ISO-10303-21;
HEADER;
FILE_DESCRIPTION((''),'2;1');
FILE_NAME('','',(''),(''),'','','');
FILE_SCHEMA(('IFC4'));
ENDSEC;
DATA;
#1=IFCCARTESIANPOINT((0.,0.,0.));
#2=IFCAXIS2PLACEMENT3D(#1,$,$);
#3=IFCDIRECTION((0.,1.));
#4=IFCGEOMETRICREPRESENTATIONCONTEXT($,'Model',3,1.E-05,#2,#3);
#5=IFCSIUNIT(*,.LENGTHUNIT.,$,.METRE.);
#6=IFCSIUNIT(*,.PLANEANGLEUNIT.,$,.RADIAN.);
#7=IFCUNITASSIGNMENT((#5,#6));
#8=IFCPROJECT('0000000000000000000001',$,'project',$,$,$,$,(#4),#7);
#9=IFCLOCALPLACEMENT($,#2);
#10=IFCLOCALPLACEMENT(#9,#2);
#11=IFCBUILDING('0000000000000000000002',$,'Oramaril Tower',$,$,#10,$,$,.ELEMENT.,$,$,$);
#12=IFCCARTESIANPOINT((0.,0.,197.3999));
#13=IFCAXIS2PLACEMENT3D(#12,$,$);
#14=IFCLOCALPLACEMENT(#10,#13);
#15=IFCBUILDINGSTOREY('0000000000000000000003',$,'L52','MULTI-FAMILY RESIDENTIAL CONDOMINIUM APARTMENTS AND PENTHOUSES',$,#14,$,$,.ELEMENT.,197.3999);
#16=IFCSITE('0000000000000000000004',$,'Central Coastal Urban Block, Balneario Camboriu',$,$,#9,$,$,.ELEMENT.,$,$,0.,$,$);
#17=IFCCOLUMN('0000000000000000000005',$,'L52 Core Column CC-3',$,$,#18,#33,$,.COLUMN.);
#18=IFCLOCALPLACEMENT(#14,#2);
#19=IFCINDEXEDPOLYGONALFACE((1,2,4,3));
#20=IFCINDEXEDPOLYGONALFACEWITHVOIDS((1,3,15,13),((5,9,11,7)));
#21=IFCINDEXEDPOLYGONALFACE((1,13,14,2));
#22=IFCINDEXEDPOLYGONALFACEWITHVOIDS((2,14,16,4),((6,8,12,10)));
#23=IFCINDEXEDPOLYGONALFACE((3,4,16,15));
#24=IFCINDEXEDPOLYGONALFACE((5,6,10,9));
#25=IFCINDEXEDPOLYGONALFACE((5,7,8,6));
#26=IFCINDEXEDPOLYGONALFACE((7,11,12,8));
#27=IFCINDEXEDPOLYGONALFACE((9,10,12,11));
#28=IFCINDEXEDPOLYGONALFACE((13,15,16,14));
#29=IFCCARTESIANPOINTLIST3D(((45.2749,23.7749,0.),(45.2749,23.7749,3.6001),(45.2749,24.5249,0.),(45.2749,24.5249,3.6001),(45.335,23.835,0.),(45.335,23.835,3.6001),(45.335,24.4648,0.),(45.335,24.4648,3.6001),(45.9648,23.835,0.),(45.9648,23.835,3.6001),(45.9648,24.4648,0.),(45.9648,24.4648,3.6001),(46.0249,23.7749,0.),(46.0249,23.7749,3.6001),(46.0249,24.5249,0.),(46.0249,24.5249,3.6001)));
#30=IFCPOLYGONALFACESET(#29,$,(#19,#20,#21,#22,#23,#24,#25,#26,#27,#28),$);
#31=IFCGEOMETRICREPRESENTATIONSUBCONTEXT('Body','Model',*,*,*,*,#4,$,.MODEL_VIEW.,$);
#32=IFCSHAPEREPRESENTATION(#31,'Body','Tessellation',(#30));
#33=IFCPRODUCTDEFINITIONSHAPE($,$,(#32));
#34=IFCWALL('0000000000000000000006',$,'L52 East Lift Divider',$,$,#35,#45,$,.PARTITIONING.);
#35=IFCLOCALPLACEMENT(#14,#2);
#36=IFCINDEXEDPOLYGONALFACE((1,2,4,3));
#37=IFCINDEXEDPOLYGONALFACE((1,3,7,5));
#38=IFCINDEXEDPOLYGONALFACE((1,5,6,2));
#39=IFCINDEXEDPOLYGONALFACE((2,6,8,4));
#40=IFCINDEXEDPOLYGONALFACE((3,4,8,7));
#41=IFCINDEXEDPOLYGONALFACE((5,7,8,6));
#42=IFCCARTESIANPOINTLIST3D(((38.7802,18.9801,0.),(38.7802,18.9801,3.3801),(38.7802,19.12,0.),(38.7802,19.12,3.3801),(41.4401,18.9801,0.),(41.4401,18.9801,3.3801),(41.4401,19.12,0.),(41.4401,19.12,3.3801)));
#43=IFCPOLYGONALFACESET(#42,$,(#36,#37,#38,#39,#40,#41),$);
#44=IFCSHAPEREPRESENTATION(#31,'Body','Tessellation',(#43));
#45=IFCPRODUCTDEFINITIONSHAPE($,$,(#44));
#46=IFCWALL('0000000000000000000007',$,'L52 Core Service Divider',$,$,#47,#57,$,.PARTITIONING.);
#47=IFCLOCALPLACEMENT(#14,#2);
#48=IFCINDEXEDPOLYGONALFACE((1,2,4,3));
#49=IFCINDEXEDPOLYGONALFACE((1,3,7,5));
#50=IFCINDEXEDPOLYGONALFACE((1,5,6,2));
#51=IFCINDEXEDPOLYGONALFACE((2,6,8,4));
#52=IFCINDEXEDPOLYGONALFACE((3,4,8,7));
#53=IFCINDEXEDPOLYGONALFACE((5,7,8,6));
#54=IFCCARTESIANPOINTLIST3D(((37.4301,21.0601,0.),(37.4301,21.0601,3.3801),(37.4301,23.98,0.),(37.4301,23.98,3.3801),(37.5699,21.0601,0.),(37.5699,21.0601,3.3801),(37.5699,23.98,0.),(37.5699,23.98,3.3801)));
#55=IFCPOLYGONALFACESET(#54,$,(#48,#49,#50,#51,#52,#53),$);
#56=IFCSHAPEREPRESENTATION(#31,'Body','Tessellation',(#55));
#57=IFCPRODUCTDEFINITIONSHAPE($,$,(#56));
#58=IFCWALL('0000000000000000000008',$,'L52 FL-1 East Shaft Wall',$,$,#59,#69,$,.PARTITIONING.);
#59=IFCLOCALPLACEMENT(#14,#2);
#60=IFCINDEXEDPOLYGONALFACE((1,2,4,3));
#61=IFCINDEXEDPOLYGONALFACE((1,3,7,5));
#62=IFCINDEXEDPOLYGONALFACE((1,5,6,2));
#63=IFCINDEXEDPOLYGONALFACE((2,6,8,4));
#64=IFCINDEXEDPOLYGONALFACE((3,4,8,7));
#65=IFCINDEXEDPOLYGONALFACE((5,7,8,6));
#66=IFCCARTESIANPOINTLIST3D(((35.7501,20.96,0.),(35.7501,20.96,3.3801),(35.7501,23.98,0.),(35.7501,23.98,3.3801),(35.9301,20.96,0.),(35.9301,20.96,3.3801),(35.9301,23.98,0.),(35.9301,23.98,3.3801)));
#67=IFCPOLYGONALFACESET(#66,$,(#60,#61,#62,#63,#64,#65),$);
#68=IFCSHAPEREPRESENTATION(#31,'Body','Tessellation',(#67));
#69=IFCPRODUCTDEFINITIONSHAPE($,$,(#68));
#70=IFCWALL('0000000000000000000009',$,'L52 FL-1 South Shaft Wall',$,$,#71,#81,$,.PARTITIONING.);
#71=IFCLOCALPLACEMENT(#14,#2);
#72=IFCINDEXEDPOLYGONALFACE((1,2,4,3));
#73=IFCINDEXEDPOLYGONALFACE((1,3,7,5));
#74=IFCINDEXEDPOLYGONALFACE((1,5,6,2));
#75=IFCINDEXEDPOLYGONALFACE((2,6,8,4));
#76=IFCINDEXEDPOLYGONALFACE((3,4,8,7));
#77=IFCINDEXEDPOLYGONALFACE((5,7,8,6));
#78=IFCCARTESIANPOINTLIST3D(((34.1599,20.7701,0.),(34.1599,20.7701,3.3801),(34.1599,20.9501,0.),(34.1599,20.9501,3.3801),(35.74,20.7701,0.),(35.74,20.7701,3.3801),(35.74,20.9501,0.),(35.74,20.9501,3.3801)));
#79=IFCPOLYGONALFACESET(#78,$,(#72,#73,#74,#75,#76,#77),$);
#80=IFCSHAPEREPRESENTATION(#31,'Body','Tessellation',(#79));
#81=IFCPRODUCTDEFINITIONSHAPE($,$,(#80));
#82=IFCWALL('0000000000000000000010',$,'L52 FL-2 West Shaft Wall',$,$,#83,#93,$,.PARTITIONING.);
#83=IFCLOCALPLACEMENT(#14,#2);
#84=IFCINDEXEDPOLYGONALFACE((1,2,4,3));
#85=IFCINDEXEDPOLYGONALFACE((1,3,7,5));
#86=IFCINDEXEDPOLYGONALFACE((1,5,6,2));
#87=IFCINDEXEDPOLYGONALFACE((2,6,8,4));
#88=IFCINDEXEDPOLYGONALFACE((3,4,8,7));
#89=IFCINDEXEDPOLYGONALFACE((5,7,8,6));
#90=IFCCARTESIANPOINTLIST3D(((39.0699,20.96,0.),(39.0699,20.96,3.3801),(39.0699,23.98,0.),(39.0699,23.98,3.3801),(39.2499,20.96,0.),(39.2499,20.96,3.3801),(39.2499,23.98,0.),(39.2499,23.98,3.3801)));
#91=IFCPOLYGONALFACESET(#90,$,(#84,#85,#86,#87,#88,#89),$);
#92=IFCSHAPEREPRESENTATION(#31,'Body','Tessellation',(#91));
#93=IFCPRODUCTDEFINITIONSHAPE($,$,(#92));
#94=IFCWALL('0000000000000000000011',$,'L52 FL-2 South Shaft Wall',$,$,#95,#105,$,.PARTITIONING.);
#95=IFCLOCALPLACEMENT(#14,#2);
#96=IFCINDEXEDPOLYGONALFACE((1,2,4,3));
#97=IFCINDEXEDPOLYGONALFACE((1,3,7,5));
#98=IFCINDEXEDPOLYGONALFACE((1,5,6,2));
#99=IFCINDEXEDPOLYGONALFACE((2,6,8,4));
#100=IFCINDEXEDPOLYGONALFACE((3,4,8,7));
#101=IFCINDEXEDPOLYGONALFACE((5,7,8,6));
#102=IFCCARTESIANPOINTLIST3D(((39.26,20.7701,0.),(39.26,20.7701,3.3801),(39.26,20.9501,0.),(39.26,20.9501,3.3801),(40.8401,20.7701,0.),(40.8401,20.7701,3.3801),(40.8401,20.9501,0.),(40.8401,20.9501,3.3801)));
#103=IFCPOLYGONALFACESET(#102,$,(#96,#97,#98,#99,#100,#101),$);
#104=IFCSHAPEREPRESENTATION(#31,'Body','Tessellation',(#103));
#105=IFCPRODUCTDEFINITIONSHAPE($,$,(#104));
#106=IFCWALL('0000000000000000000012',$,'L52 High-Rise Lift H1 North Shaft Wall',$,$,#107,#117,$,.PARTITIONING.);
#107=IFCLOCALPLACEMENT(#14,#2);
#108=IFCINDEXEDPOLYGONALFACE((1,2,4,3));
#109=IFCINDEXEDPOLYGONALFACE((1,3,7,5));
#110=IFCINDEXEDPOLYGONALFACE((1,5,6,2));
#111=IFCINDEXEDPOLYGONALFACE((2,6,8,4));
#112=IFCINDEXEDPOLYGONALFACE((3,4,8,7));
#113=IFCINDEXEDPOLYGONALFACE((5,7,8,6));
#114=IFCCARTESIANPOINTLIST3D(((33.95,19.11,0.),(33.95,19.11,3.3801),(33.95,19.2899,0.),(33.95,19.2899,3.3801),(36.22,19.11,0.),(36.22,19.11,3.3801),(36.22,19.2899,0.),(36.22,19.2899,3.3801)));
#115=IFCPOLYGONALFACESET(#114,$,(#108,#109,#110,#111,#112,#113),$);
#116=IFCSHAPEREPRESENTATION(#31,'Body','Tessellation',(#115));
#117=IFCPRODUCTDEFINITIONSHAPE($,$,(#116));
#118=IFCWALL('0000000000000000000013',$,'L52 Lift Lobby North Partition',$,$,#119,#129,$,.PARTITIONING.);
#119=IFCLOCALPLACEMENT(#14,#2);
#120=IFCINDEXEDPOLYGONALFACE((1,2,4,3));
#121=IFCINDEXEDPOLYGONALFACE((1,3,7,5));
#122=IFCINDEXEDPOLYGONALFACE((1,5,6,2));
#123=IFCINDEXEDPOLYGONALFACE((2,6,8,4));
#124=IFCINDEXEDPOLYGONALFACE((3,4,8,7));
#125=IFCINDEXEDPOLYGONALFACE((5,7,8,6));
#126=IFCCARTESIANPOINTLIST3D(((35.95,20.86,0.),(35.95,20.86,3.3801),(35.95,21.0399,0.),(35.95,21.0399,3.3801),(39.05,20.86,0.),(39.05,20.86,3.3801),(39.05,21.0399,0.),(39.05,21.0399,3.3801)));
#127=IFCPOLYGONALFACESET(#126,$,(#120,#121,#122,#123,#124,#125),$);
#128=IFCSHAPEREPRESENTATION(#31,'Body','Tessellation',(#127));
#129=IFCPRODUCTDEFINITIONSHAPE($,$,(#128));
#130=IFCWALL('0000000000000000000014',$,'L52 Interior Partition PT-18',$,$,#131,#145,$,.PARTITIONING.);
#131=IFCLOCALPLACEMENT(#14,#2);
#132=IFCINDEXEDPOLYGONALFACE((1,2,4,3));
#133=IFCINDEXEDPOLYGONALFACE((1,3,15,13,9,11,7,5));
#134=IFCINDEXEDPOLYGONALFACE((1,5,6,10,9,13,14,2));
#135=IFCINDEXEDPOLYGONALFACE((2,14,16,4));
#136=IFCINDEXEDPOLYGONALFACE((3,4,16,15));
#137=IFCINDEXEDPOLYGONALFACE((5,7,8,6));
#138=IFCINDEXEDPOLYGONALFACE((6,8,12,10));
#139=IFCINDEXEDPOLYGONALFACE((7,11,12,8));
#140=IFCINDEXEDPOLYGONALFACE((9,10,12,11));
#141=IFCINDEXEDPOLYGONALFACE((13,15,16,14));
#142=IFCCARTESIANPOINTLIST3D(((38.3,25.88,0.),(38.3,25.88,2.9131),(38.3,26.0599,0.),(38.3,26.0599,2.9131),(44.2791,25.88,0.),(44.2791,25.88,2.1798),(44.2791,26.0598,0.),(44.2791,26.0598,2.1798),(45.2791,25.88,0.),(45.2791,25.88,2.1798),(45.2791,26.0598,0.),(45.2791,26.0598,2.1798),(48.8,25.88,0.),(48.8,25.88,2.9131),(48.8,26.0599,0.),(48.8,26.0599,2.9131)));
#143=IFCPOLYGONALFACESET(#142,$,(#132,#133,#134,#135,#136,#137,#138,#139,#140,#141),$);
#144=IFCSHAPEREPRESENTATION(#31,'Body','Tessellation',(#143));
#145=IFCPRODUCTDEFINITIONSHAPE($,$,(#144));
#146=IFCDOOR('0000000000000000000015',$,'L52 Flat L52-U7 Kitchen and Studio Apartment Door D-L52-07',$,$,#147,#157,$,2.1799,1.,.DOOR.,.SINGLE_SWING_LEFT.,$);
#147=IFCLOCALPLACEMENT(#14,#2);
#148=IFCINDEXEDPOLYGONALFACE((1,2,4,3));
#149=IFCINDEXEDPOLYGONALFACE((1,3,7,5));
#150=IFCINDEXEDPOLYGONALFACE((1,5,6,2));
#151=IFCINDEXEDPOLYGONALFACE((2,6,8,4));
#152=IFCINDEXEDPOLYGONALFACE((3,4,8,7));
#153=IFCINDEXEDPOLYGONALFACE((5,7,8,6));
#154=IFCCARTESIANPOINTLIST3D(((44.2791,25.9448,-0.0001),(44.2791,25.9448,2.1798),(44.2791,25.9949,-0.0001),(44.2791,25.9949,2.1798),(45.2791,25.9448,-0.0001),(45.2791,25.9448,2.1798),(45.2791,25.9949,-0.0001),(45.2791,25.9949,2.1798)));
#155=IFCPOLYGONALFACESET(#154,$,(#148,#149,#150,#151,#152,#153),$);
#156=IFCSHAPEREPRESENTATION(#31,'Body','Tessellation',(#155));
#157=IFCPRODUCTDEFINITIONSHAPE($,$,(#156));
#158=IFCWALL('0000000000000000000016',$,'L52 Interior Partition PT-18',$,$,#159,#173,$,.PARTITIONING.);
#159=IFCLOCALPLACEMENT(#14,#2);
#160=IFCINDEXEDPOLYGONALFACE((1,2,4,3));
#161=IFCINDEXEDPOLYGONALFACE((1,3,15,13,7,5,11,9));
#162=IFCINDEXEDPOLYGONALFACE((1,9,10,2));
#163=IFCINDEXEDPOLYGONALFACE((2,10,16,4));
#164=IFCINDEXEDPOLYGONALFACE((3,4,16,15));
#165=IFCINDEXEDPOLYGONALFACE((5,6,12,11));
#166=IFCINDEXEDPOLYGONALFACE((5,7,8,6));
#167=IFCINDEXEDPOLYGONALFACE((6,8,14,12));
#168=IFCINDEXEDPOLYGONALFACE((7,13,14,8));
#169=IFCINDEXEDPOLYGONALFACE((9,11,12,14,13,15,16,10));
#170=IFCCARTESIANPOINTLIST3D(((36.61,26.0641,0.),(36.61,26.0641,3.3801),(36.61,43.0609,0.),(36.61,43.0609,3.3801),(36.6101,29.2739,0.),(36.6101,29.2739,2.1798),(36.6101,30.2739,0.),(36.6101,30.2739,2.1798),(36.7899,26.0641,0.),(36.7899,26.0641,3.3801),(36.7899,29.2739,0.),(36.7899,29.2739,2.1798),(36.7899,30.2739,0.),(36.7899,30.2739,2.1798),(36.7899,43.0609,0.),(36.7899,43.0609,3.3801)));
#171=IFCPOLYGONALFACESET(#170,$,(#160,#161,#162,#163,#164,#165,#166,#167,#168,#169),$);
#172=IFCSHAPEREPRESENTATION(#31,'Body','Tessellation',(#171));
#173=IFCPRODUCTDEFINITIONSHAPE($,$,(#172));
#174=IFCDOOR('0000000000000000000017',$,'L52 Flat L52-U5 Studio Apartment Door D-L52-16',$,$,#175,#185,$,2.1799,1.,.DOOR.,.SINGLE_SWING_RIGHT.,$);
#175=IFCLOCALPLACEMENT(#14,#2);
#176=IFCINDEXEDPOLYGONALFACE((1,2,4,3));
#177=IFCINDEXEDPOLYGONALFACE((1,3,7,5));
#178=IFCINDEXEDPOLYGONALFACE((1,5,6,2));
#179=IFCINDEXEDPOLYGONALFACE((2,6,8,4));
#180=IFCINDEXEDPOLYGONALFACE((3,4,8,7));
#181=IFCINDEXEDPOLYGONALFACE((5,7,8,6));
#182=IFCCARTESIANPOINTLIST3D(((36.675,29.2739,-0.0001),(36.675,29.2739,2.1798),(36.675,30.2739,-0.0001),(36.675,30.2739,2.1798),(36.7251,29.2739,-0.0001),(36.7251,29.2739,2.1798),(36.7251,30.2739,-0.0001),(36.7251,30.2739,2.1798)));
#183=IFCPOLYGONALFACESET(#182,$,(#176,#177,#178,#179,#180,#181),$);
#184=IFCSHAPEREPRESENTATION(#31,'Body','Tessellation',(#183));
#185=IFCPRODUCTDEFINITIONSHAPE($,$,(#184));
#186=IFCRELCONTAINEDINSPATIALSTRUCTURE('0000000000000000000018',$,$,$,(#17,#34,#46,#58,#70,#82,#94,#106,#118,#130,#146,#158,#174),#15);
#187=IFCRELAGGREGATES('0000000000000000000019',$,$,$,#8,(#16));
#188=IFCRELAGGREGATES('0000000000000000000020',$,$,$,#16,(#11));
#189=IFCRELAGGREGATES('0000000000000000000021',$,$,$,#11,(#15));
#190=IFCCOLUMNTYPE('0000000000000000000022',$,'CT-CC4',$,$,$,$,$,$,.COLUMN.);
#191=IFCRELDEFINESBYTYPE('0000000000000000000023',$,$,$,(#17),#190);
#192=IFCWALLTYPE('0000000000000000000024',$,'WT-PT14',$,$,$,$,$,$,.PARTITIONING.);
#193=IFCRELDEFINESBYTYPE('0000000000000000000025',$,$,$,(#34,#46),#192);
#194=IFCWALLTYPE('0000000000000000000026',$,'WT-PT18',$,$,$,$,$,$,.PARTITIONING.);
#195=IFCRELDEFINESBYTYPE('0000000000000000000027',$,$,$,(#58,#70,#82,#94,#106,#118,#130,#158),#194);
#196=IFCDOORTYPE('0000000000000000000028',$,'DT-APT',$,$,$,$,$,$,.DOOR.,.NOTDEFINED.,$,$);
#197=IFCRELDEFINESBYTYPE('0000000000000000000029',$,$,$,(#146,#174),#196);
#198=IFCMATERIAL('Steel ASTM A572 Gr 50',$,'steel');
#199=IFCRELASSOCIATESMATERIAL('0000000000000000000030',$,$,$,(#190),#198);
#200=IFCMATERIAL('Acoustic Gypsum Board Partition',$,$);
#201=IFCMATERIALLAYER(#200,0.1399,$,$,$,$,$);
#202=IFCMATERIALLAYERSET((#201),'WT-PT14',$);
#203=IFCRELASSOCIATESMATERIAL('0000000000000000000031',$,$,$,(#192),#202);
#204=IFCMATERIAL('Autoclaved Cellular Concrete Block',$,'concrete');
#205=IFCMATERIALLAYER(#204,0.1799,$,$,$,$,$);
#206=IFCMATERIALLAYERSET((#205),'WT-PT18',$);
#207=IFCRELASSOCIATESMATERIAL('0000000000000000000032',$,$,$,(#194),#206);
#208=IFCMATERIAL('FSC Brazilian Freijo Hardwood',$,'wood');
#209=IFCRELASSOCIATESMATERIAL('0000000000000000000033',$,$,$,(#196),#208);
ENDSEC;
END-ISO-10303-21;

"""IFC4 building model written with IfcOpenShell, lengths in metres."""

from ifc_helpers import new_model, si_unit, direction, frame, frame_2d, origin, origin_2d, place, context, subcontext, project, spatial, rectangle, hollow_rectangle, extrude, material, layer, layer_set, material_profile, profile_set, type_object, element, fill, save


model = new_model("IFC4")

# Units and contexts
model_context = context("Model", 3, precision=1e-05, world=origin(), true_north=direction((0.0, 1.0)))
body_context = subcontext(model_context, "Body", "Model", "MODEL_VIEW")
ifc_project = project(units=[si_unit("LENGTHUNIT", "METRE"), si_unit("PLANEANGLEUNIT", "RADIAN")], contexts=[model_context])

# Site, building, storey
site_placement = place(None, origin())
site = spatial("IfcSite", under=ifc_project, at=site_placement, Name="Central Coastal Urban Block, Balneario Camboriu", CompositionType="ELEMENT", RefElevation=0.0)
building_placement = place(site_placement, origin())
building = spatial("IfcBuilding", under=site, at=building_placement, Name="Oramaril Tower", CompositionType="ELEMENT")
storey_placement = place(building_placement, frame((0.0, 0.0, 197.3999)))
storey = spatial("IfcBuildingStorey", under=building, at=storey_placement, Name="L52", Description="MULTI-FAMILY RESIDENTIAL CONDOMINIUM APARTMENTS AND PENTHOUSES", CompositionType="ELEMENT", Elevation=197.3999)

# Column
ifc_material_1 = material(Name="Steel ASTM A572 Gr 50", Category="steel")
ifc_material_profile = material_profile(ifc_material_1, hollow_rectangle(XDim=0.75, YDim=0.75, WallThickness=0.0601, at=origin_2d()), Name="BOX750X750X60")
ifc_profile_set = profile_set([ifc_material_profile], Name="Steel ASTM A572 Gr 50")
column_type = type_object("IfcColumnType", Name="CT-CC4", PredefinedType="COLUMN", material=ifc_profile_set)
column_placement = place(storey_placement, frame((45.6499, 24.1499, 0.0), z_axis=(0.0, 0.0, 1.0), x_axis=(1.0, 0.0, 0.0)))
element("IfcColumn", 1, at=column_placement, inside=storey, type_object=column_type, Name="L52 Core Column CC-3", PredefinedType="COLUMN", context=body_context, shape_type="SweptSolid", body=[
    extrude(hollow_rectangle(XDim=0.75, YDim=0.75, WallThickness=0.0601, at=origin_2d()), origin(), (0.0, 0.0, 1.0), 3.6001),
])

# Walls
ifc_material_2 = material(Name="Acoustic Gypsum Board Partition")
ifc_layer_1 = layer(ifc_material_2, 0.1399)
ifc_layer_set_1 = layer_set([ifc_layer_1], Name="WT-PT14")
wall_type_1 = type_object("IfcWallType", Name="WT-PT14", PredefinedType="PARTITIONING", material=ifc_layer_set_1)
wall_1_placement = place(storey_placement, frame((38.78, 19.05, 0.0), z_axis=(0.0, 0.0, 1.0), x_axis=(1.0, 0.0, 0.0)))
element("IfcWall", 2, at=wall_1_placement, inside=storey, type_object=wall_type_1, Name="L52 East Lift Divider", PredefinedType="PARTITIONING", context=body_context, shape_type="SweptSolid", body=[
    extrude(rectangle(XDim=2.6599, YDim=0.1399, at=frame_2d((1.3301, 0.0))), origin(), (0.0, 0.0, 1.0), 3.3801),
])
wall_2_placement = place(storey_placement, frame((37.5, 21.0601, 0.0), z_axis=(0.0, 0.0, 1.0), x_axis=(0.0, 1.0, 0.0)))
element("IfcWall", 3, at=wall_2_placement, inside=storey, type_object=wall_type_1, Name="L52 Core Service Divider", PredefinedType="PARTITIONING", context=body_context, shape_type="SweptSolid", body=[
    extrude(rectangle(XDim=2.9199, YDim=0.1399, at=frame_2d((1.46, 0.0))), origin(), (0.0, 0.0, 1.0), 3.3801),
])
ifc_material_3 = material(Name="Autoclaved Cellular Concrete Block", Category="concrete")
ifc_layer_2 = layer(ifc_material_3, 0.1799)
ifc_layer_set_2 = layer_set([ifc_layer_2], Name="WT-PT18")
wall_type_2 = type_object("IfcWallType", Name="WT-PT18", PredefinedType="PARTITIONING", material=ifc_layer_set_2)
wall_3_placement = place(storey_placement, frame((35.8401, 20.96, 0.0), z_axis=(0.0, 0.0, 1.0), x_axis=(0.0, 1.0, 0.0)))
element("IfcWall", 4, at=wall_3_placement, inside=storey, type_object=wall_type_2, Name="L52 FL-1 East Shaft Wall", PredefinedType="PARTITIONING", context=body_context, shape_type="SweptSolid", body=[
    extrude(rectangle(XDim=3.02, YDim=0.1799, at=frame_2d((1.51, 0.0))), origin(), (0.0, 0.0, 1.0), 3.3801),
])
wall_4_placement = place(storey_placement, frame((34.1599, 20.8601, 0.0), z_axis=(0.0, 0.0, 1.0), x_axis=(1.0, 0.0, 0.0)))
element("IfcWall", 5, at=wall_4_placement, inside=storey, type_object=wall_type_2, Name="L52 FL-1 South Shaft Wall", PredefinedType="PARTITIONING", context=body_context, shape_type="SweptSolid", body=[
    extrude(rectangle(XDim=1.5801, YDim=0.1799, at=frame_2d((0.79, 0.0))), origin(), (0.0, 0.0, 1.0), 3.3801),
])
wall_5_placement = place(storey_placement, frame((39.1599, 20.96, 0.0), z_axis=(0.0, 0.0, 1.0), x_axis=(0.0, 1.0, 0.0)))
element("IfcWall", 6, at=wall_5_placement, inside=storey, type_object=wall_type_2, Name="L52 FL-2 West Shaft Wall", PredefinedType="PARTITIONING", context=body_context, shape_type="SweptSolid", body=[
    extrude(rectangle(XDim=3.02, YDim=0.1799, at=frame_2d((1.51, 0.0))), origin(), (0.0, 0.0, 1.0), 3.3801),
])
wall_6_placement = place(storey_placement, frame((39.26, 20.8601, 0.0), z_axis=(0.0, 0.0, 1.0), x_axis=(1.0, 0.0, 0.0)))
element("IfcWall", 7, at=wall_6_placement, inside=storey, type_object=wall_type_2, Name="L52 FL-2 South Shaft Wall", PredefinedType="PARTITIONING", context=body_context, shape_type="SweptSolid", body=[
    extrude(rectangle(XDim=1.5801, YDim=0.1799, at=frame_2d((0.79, 0.0))), origin(), (0.0, 0.0, 1.0), 3.3801),
])
wall_7_placement = place(storey_placement, frame((33.95, 19.2, 0.0), z_axis=(0.0, 0.0, 1.0), x_axis=(1.0, 0.0, 0.0)))
element("IfcWall", 8, at=wall_7_placement, inside=storey, type_object=wall_type_2, Name="L52 High-Rise Lift H1 North Shaft Wall", PredefinedType="PARTITIONING", context=body_context, shape_type="SweptSolid", body=[
    extrude(rectangle(XDim=2.27, YDim=0.1799, at=frame_2d((1.135, 0.0))), origin(), (0.0, 0.0, 1.0), 3.3801),
])
wall_8_placement = place(storey_placement, frame((35.95, 20.95, 0.0), z_axis=(0.0, 0.0, 1.0), x_axis=(1.0, 0.0, 0.0)))
element("IfcWall", 9, at=wall_8_placement, inside=storey, type_object=wall_type_2, Name="L52 Lift Lobby North Partition", PredefinedType="PARTITIONING", context=body_context, shape_type="SweptSolid", body=[
    extrude(rectangle(XDim=3.1001, YDim=0.1799, at=frame_2d((1.55, 0.0))), origin(), (0.0, 0.0, 1.0), 3.3801),
])

# Walls, openings, doors
wall_9_placement = place(storey_placement, frame((38.3, 25.97, 0.0), z_axis=(0.0, 0.0, 1.0), x_axis=(1.0, 0.0, 0.0)))
wall_9 = element("IfcWall", 10, at=wall_9_placement, inside=storey, type_object=wall_type_2, Name="L52 Interior Partition PT-18", PredefinedType="PARTITIONING", context=body_context, shape_type="SweptSolid", body=[
    extrude(rectangle(XDim=10.5, YDim=0.1799, at=frame_2d((5.25, 0.0))), origin(), (0.0, 0.0, 1.0), 2.9131),
])
opening_1_placement = place(wall_9_placement, frame((5.979, 0.0, 0.0)))
opening_1 = element("IfcOpeningElement", 11, at=opening_1_placement, cuts=wall_9, PredefinedType="OPENING", context=body_context, shape_type="SweptSolid", body=[
    extrude(rectangle(XDim=1.0, YDim=2.1799, at=frame_2d((0.5, 1.0898))), frame((0.0, 0.0898, 0.0), z_axis=(0.0, -1.0, 0.0), x_axis=(1.0, 0.0, 0.0)), (0.0, 0.0, 1.0), 0.1799),
])
ifc_material_4 = material(Name="FSC Brazilian Freijo Hardwood", Category="wood")
door_type_1 = type_object("IfcDoorType", Name="DT-APT", OperationType="NOTDEFINED", PredefinedType="DOOR", material=ifc_material_4)
door_1_placement = place(opening_1_placement, origin())
door_1 = element("IfcDoor", 12, at=door_1_placement, inside=storey, type_object=door_type_1, Name="L52 Flat L52-U7 Kitchen and Studio Apartment Door D-L52-07", OperationType="SINGLE_SWING_LEFT", OverallHeight=2.1799, OverallWidth=1.0, PredefinedType="DOOR", context=body_context, shape_type="SweptSolid", body=[
    extrude(rectangle(XDim=1.0, YDim=2.1799, at=frame_2d((0.5, 1.0898))), frame((0.0, 0.0249, 0.0), z_axis=(0.0, -1.0, 0.0), x_axis=(1.0, 0.0, 0.0)), (0.0, 0.0, 1.0), 0.05),
])
fill(opening_1, door_1)
wall_10_placement = place(storey_placement, frame((36.7, 26.064, 0.0), z_axis=(0.0, 0.0, 1.0), x_axis=(0.0, 1.0, 0.0)))
wall_10 = element("IfcWall", 13, at=wall_10_placement, inside=storey, type_object=wall_type_2, Name="L52 Interior Partition PT-18", PredefinedType="PARTITIONING", context=body_context, shape_type="SweptSolid", body=[
    extrude(rectangle(XDim=16.9968, YDim=0.1799, at=frame_2d((8.4985, 0.0))), origin(), (0.0, 0.0, 1.0), 3.3801),
])
opening_2_placement = place(wall_10_placement, frame((3.21, 0.0, 0.0)))
opening_2 = element("IfcOpeningElement", 14, at=opening_2_placement, cuts=wall_10, PredefinedType="OPENING", context=body_context, shape_type="SweptSolid", body=[
    extrude(rectangle(XDim=1.0, YDim=2.1799, at=frame_2d((0.5, 1.0898))), frame((0.0, 0.0898, 0.0), z_axis=(0.0, -1.0, 0.0), x_axis=(1.0, 0.0, 0.0)), (0.0, 0.0, 1.0), 0.1799),
])
door_2_placement = place(opening_2_placement, origin())
door_2 = element("IfcDoor", 15, at=door_2_placement, inside=storey, type_object=door_type_1, Name="L52 Flat L52-U5 Studio Apartment Door D-L52-16", OperationType="SINGLE_SWING_RIGHT", OverallHeight=2.1799, OverallWidth=1.0, PredefinedType="DOOR", context=body_context, shape_type="SweptSolid", body=[
    extrude(rectangle(XDim=1.0, YDim=2.1799, at=frame_2d((0.5, 1.0898))), frame((0.0, 0.0249, 0.0), z_axis=(0.0, -1.0, 0.0), x_axis=(1.0, 0.0, 0.0)), (0.0, 0.0, 1.0), 0.05),
])
fill(opening_2, door_2)

save(model, "model.ifc")
